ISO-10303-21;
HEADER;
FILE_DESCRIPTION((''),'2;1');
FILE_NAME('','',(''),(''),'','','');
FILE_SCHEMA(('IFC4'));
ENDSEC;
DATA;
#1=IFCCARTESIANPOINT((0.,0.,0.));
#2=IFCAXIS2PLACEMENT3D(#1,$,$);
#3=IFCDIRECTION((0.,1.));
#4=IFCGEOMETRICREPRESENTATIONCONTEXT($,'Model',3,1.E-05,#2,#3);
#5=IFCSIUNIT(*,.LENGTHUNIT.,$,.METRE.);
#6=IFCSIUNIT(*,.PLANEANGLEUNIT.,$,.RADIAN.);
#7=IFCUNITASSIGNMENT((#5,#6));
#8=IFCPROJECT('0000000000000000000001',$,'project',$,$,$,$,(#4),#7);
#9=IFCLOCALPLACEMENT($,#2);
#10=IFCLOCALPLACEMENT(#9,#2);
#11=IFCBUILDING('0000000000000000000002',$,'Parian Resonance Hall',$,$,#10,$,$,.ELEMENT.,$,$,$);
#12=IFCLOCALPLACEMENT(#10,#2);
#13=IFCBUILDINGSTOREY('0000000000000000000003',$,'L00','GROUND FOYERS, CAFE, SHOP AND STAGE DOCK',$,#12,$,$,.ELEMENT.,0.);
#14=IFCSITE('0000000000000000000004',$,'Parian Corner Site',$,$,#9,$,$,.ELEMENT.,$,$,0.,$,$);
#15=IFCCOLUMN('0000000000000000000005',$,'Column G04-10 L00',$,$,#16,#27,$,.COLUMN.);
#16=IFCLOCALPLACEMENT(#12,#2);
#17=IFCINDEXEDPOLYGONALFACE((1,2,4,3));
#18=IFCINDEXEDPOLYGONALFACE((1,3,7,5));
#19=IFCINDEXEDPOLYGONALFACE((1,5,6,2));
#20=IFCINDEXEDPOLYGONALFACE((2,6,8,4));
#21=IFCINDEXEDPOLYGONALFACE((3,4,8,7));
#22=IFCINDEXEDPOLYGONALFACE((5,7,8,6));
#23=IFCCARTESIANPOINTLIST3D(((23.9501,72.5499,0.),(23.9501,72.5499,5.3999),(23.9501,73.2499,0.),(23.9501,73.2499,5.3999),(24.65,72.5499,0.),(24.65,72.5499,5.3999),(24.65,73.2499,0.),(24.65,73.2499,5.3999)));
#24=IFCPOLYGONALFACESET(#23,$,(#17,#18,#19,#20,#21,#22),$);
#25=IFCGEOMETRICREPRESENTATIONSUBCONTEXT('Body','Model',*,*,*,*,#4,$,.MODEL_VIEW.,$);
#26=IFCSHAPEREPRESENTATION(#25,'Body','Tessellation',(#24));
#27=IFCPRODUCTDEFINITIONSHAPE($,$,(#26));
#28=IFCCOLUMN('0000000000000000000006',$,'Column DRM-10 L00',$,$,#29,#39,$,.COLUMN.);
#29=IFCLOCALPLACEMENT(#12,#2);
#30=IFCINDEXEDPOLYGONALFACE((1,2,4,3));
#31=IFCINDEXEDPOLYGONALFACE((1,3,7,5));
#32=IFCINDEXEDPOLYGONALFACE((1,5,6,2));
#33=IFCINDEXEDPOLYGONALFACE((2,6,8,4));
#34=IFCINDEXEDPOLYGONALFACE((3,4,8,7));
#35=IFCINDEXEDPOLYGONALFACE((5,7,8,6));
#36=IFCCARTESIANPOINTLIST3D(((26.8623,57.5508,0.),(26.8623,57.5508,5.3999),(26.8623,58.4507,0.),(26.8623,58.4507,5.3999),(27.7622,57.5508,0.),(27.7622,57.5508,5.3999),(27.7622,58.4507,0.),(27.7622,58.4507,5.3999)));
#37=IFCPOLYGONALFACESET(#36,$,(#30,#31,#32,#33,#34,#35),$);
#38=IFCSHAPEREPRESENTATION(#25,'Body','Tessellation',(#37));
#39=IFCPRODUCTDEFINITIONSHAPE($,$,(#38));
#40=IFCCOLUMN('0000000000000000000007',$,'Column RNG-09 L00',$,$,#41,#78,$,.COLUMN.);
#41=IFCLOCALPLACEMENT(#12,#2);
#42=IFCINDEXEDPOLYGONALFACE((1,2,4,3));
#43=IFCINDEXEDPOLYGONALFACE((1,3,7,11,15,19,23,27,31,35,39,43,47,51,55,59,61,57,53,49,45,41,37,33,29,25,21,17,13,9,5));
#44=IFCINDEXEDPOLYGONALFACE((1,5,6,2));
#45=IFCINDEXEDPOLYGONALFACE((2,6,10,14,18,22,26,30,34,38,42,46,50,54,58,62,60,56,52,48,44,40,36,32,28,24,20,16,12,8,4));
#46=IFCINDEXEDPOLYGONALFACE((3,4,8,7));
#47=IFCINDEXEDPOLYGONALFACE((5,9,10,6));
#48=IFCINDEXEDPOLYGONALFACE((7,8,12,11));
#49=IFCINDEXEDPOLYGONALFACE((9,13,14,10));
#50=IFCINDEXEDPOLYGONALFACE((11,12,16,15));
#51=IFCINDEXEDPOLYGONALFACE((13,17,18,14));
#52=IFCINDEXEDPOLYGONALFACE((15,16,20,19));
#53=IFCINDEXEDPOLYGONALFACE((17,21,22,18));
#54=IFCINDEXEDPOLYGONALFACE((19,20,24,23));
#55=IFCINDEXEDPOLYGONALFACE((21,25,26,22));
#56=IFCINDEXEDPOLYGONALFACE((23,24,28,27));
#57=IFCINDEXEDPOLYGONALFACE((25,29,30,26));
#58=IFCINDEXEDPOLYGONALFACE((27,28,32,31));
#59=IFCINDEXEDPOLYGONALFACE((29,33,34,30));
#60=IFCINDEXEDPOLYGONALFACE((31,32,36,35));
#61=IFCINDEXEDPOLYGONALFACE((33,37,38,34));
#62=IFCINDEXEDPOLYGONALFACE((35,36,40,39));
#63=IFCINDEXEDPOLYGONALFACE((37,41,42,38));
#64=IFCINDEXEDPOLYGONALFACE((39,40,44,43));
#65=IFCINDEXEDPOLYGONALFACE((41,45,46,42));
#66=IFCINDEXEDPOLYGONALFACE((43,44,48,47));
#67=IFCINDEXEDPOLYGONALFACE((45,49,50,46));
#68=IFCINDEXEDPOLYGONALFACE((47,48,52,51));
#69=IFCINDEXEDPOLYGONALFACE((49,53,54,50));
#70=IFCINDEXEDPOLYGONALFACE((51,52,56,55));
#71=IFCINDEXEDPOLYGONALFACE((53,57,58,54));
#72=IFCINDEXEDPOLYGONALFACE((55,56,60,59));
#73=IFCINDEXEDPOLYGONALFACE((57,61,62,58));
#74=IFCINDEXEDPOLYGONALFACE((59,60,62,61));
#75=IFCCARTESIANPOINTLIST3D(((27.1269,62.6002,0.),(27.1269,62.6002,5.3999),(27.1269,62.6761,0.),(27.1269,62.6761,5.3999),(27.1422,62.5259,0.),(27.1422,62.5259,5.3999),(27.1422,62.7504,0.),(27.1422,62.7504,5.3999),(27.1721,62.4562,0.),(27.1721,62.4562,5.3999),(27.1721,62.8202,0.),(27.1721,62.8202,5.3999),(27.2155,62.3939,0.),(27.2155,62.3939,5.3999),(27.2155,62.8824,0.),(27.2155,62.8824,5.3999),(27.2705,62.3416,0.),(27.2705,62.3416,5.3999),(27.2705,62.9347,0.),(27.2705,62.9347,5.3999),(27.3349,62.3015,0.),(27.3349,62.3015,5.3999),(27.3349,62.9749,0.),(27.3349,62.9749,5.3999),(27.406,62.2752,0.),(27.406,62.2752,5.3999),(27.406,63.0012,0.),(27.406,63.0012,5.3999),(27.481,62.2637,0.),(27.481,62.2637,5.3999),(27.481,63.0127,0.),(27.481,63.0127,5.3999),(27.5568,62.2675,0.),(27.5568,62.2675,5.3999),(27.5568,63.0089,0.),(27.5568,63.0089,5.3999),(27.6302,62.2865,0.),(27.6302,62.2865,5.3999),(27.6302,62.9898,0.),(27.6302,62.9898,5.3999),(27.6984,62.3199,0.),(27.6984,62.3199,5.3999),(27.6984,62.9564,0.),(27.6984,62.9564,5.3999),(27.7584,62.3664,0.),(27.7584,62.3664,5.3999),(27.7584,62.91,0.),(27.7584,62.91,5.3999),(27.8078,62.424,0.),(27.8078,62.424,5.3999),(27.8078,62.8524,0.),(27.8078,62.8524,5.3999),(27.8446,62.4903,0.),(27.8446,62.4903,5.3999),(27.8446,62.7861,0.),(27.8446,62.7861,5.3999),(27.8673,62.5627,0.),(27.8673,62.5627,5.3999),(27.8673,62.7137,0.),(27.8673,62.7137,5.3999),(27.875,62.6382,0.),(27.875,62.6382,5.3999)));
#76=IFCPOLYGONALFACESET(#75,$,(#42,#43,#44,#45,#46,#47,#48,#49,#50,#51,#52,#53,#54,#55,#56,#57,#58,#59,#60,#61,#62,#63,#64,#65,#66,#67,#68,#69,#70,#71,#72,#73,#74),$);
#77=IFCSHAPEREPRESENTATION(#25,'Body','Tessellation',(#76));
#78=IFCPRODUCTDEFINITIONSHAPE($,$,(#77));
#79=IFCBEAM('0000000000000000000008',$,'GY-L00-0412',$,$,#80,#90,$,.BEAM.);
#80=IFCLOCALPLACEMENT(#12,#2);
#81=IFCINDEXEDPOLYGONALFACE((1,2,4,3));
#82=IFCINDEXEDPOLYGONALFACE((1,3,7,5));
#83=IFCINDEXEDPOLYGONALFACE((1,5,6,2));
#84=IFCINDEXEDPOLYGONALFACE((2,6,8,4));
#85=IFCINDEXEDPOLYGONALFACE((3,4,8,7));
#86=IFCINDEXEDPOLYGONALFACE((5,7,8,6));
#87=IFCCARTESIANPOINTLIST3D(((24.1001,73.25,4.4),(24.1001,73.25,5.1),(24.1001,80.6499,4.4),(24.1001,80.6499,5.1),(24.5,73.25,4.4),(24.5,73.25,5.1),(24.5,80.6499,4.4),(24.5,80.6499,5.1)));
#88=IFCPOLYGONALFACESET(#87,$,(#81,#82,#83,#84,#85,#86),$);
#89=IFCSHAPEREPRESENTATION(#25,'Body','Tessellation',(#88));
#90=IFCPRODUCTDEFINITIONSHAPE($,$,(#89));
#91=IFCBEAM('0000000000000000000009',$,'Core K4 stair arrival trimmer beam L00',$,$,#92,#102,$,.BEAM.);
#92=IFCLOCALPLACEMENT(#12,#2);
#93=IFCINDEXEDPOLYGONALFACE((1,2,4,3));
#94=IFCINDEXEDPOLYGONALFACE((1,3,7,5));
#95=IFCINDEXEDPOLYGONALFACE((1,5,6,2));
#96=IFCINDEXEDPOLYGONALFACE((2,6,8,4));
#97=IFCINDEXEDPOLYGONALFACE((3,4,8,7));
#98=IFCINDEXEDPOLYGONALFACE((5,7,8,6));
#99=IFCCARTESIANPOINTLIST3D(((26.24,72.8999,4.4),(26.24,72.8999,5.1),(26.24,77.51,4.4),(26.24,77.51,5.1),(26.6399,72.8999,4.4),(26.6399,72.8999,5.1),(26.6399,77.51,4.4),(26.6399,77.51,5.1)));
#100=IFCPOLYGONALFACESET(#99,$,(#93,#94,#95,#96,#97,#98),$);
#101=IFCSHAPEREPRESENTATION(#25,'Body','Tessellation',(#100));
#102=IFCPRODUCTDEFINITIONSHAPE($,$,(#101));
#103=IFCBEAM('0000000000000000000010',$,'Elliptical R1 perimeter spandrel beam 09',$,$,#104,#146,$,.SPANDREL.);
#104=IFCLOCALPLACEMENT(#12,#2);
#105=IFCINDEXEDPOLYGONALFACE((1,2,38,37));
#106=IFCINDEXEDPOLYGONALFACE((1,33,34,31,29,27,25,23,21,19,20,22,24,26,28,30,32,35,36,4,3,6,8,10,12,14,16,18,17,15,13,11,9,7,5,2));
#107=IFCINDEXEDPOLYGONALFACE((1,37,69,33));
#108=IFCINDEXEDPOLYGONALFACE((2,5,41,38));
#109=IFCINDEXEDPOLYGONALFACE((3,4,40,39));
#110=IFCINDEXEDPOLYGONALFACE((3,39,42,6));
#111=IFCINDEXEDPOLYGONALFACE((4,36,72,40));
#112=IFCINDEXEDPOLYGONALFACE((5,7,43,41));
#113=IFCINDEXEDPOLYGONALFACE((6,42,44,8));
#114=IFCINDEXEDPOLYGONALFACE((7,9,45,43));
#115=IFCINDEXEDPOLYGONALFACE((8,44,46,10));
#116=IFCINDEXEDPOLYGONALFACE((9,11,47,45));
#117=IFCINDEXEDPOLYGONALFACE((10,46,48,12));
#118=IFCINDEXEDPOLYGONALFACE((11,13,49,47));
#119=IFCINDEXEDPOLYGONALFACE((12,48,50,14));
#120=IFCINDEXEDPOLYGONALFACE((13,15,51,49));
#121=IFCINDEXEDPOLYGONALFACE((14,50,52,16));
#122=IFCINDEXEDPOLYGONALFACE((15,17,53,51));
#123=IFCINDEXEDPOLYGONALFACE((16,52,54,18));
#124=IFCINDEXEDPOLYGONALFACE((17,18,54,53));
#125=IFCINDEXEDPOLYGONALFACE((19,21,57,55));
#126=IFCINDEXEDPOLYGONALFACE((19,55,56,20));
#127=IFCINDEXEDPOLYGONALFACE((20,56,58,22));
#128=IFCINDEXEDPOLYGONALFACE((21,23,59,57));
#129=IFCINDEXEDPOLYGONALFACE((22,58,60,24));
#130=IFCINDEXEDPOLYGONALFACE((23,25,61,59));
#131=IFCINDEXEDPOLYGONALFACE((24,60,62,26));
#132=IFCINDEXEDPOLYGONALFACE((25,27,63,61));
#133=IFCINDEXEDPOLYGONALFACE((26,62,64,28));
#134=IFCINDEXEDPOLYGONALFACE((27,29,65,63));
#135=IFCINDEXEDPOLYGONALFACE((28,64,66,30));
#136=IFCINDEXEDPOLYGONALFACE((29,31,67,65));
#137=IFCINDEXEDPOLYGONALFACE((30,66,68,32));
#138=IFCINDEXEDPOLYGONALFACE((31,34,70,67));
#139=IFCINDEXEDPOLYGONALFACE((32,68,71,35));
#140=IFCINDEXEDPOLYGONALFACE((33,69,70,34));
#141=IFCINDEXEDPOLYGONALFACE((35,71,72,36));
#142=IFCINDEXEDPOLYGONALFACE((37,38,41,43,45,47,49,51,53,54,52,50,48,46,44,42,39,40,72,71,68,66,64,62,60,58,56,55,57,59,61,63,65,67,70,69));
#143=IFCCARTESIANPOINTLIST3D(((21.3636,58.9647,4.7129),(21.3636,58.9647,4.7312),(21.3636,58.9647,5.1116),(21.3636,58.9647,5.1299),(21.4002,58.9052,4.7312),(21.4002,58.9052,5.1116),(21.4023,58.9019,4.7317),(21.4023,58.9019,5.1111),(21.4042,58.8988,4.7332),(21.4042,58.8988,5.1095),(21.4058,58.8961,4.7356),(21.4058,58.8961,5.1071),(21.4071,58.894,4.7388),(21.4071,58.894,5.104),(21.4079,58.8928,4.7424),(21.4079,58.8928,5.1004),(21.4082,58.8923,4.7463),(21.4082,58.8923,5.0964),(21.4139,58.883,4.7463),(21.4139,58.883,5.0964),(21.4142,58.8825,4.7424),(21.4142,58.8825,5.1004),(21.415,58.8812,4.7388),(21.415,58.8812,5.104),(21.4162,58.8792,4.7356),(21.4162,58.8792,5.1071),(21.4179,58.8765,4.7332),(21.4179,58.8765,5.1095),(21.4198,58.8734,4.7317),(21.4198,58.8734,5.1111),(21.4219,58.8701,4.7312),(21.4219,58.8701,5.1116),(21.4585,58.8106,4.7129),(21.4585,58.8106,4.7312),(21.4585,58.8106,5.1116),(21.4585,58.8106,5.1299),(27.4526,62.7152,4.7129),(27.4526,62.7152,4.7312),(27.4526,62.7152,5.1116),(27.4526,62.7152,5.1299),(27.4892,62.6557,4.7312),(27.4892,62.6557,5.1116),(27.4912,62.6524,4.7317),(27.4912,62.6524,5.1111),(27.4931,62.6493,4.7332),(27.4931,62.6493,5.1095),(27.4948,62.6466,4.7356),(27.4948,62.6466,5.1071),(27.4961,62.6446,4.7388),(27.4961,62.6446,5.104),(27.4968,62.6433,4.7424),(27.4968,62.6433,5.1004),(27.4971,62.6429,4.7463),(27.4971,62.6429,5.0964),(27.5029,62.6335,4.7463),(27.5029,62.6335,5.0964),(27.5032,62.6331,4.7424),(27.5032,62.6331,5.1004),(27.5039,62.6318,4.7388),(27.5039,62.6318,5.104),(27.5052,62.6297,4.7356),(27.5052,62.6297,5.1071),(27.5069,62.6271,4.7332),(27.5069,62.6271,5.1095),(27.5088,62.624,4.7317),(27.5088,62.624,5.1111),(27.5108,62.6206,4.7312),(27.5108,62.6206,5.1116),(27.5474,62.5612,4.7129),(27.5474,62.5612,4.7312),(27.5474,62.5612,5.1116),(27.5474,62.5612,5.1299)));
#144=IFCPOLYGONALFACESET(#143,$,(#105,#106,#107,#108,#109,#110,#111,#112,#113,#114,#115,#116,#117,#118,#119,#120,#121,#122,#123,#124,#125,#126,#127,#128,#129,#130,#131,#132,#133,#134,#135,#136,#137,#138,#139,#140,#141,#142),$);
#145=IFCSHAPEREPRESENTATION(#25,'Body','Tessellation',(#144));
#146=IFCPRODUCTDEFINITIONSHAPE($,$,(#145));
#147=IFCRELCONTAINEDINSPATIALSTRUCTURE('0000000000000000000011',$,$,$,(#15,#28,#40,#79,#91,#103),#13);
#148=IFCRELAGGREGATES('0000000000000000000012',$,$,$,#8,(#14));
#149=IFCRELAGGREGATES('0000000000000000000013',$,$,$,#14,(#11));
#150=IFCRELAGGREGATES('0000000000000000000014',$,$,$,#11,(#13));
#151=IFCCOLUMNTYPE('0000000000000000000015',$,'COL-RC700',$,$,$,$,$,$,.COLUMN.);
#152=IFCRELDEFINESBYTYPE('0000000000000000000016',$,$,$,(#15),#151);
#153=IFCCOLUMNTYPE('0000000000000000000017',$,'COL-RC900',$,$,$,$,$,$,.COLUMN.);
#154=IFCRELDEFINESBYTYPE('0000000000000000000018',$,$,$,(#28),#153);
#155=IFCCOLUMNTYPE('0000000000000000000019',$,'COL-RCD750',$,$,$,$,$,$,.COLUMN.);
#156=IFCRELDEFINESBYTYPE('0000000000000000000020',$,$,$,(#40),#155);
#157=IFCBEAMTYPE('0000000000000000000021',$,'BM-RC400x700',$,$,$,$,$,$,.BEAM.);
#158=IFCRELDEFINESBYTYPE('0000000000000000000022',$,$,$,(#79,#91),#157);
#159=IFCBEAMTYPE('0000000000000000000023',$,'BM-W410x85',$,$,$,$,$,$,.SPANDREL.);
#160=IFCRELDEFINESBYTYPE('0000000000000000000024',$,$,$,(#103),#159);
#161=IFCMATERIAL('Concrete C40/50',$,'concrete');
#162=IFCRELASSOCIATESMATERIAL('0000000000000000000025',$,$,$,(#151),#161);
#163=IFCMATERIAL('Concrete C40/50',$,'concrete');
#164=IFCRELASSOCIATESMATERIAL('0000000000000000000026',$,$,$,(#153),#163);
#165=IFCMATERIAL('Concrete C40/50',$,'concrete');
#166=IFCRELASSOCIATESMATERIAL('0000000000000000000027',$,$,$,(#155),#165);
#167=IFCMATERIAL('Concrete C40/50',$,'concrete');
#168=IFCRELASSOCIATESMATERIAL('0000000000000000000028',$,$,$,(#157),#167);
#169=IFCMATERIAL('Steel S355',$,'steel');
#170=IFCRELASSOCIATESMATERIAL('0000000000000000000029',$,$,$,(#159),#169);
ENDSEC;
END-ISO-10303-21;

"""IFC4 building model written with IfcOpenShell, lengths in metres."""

from ifc_helpers import new_model, si_unit, direction, frame, origin, origin_2d, place, context, subcontext, project, spatial, rectangle, circle, i_section, extrude, material, material_profile, profile_set, type_object, element, save


model = new_model("IFC4")

# Units and contexts
model_context = context("Model", 3, precision=1e-05, world=origin(), true_north=direction((0.0, 1.0)))
body_context = subcontext(model_context, "Body", "Model", "MODEL_VIEW")
ifc_project = project(units=[si_unit("LENGTHUNIT", "METRE"), si_unit("PLANEANGLEUNIT", "RADIAN")], contexts=[model_context])

# Site, building, storey
site_placement = place(None, origin())
site = spatial("IfcSite", under=ifc_project, at=site_placement, Name="Parian Corner Site", CompositionType="ELEMENT", RefElevation=0.0)
building_placement = place(site_placement, origin())
building = spatial("IfcBuilding", under=site, at=building_placement, Name="Parian Resonance Hall", CompositionType="ELEMENT")
storey_placement = place(building_placement, origin())
storey = spatial("IfcBuildingStorey", under=building, at=storey_placement, Name="L00", Description="GROUND FOYERS, CAFE, SHOP AND STAGE DOCK", CompositionType="ELEMENT", Elevation=0.0)

# Columns
ifc_material_1 = material(Name="Concrete C40/50", Category="concrete")
ifc_material_profile_1 = material_profile(ifc_material_1, rectangle(XDim=0.7, YDim=0.7, at=origin_2d()), Name="RC-COL-700x700")
ifc_profile_set_1 = profile_set([ifc_material_profile_1], Name="Concrete C40/50")
column_type_1 = type_object("IfcColumnType", Name="COL-RC700", PredefinedType="COLUMN", material=ifc_profile_set_1)
column_1_placement = place(storey_placement, frame((24.3, 72.8999, 0.0), z_axis=(0.0, 0.0, 1.0), x_axis=(1.0, 0.0, 0.0)))
element("IfcColumn", 1, at=column_1_placement, inside=storey, type_object=column_type_1, Name="Column G04-10 L00", PredefinedType="COLUMN", context=body_context, shape_type="SweptSolid", body=[
    extrude(rectangle(XDim=0.7, YDim=0.7, at=origin_2d()), origin(), (0.0, 0.0, 1.0), 5.3999),
])
ifc_material_2 = material(Name="Concrete C40/50", Category="concrete")
ifc_material_profile_2 = material_profile(ifc_material_2, rectangle(XDim=0.8999, YDim=0.8999, at=origin_2d()), Name="RC-COL-900x900")
ifc_profile_set_2 = profile_set([ifc_material_profile_2], Name="Concrete C40/50")
column_type_2 = type_object("IfcColumnType", Name="COL-RC900", PredefinedType="COLUMN", material=ifc_profile_set_2)
column_2_placement = place(storey_placement, frame((27.3123, 58.0007, 0.0), z_axis=(0.0, 0.0, 1.0), x_axis=(1.0, 0.0, 0.0)))
element("IfcColumn", 2, at=column_2_placement, inside=storey, type_object=column_type_2, Name="Column DRM-10 L00", PredefinedType="COLUMN", context=body_context, shape_type="SweptSolid", body=[
    extrude(rectangle(XDim=0.8999, YDim=0.8999, at=origin_2d()), origin(), (0.0, 0.0, 1.0), 5.3999),
])
ifc_material_3 = material(Name="Concrete C40/50", Category="concrete")
ifc_material_profile_3 = material_profile(ifc_material_3, circle(Radius=0.375, at=origin_2d()), Name="RC-COL-D750")
ifc_profile_set_3 = profile_set([ifc_material_profile_3], Name="Concrete C40/50")
column_type_3 = type_object("IfcColumnType", Name="COL-RCD750", PredefinedType="COLUMN", material=ifc_profile_set_3)
column_3_placement = place(storey_placement, frame((27.5, 62.6382, 0.0), z_axis=(0.0, 0.0, 1.0), x_axis=(1.0, 0.0, 0.0)))
element("IfcColumn", 3, at=column_3_placement, inside=storey, type_object=column_type_3, Name="Column RNG-09 L00", PredefinedType="COLUMN", context=body_context, shape_type="SweptSolid", body=[
    extrude(circle(Radius=0.375, at=origin_2d()), origin(), (0.0, 0.0, 1.0), 5.3999),
])

# Beams
ifc_material_4 = material(Name="Concrete C40/50", Category="concrete")
ifc_material_profile_4 = material_profile(ifc_material_4, rectangle(XDim=0.3999, YDim=0.7, at=origin_2d()), Name="RC-BM-400x700")
ifc_profile_set_4 = profile_set([ifc_material_profile_4], Name="Concrete C40/50")
beam_type_1 = type_object("IfcBeamType", Name="BM-RC400x700", PredefinedType="BEAM", material=ifc_profile_set_4)
beam_1_placement = place(storey_placement, frame((24.3, 73.25, 4.75), z_axis=(0.0, 1.0, 0.0), x_axis=(-1.0, 0.0, 0.0)))
element("IfcBeam", 4, at=beam_1_placement, inside=storey, type_object=beam_type_1, Name="GY-L00-0412", PredefinedType="BEAM", context=body_context, shape_type="SweptSolid", body=[
    extrude(rectangle(XDim=0.3999, YDim=0.7, at=origin_2d()), origin(), (0.0, 0.0, 1.0), 7.3999),
])
beam_2_placement = place(storey_placement, frame((26.4399, 72.8999, 4.75), z_axis=(0.0, 1.0, 0.0), x_axis=(-1.0, 0.0, 0.0)))
element("IfcBeam", 5, at=beam_2_placement, inside=storey, type_object=beam_type_1, Name="Core K4 stair arrival trimmer beam L00", PredefinedType="BEAM", context=body_context, shape_type="SweptSolid", body=[
    extrude(rectangle(XDim=0.3999, YDim=0.7, at=origin_2d()), origin(), (0.0, 0.0, 1.0), 4.6101),
])
ifc_material_5 = material(Name="Steel S355", Category="steel")
ifc_material_profile_5 = material_profile(ifc_material_5, i_section(OverallWidth=0.1809, OverallDepth=0.417, WebThickness=0.011, FlangeThickness=0.0183, FilletRadius=0.0151, at=origin_2d()), Name="W410x85")
ifc_profile_set_5 = profile_set([ifc_material_profile_5], Name="Steel S355")
beam_type_2 = type_object("IfcBeamType", Name="BM-W410x85", PredefinedType="SPANDREL", material=ifc_profile_set_5)
beam_3_placement = place(storey_placement, frame((27.5, 62.6382, 4.9214), z_axis=(-0.85144, -0.524452, 0.0), x_axis=(0.524452, -0.85144, 0.0)))
element("IfcBeam", 6, at=beam_3_placement, inside=storey, type_object=beam_type_2, Name="Elliptical R1 perimeter spandrel beam 09", PredefinedType="SPANDREL", context=body_context, shape_type="SweptSolid", body=[
    extrude(i_section(OverallWidth=0.1809, OverallDepth=0.417, WebThickness=0.011, FlangeThickness=0.0183, FilletRadius=0.0151, at=origin_2d()), origin(), (0.0, 0.0, 1.0), 7.1514),
])

save(model, "model.ifc")
